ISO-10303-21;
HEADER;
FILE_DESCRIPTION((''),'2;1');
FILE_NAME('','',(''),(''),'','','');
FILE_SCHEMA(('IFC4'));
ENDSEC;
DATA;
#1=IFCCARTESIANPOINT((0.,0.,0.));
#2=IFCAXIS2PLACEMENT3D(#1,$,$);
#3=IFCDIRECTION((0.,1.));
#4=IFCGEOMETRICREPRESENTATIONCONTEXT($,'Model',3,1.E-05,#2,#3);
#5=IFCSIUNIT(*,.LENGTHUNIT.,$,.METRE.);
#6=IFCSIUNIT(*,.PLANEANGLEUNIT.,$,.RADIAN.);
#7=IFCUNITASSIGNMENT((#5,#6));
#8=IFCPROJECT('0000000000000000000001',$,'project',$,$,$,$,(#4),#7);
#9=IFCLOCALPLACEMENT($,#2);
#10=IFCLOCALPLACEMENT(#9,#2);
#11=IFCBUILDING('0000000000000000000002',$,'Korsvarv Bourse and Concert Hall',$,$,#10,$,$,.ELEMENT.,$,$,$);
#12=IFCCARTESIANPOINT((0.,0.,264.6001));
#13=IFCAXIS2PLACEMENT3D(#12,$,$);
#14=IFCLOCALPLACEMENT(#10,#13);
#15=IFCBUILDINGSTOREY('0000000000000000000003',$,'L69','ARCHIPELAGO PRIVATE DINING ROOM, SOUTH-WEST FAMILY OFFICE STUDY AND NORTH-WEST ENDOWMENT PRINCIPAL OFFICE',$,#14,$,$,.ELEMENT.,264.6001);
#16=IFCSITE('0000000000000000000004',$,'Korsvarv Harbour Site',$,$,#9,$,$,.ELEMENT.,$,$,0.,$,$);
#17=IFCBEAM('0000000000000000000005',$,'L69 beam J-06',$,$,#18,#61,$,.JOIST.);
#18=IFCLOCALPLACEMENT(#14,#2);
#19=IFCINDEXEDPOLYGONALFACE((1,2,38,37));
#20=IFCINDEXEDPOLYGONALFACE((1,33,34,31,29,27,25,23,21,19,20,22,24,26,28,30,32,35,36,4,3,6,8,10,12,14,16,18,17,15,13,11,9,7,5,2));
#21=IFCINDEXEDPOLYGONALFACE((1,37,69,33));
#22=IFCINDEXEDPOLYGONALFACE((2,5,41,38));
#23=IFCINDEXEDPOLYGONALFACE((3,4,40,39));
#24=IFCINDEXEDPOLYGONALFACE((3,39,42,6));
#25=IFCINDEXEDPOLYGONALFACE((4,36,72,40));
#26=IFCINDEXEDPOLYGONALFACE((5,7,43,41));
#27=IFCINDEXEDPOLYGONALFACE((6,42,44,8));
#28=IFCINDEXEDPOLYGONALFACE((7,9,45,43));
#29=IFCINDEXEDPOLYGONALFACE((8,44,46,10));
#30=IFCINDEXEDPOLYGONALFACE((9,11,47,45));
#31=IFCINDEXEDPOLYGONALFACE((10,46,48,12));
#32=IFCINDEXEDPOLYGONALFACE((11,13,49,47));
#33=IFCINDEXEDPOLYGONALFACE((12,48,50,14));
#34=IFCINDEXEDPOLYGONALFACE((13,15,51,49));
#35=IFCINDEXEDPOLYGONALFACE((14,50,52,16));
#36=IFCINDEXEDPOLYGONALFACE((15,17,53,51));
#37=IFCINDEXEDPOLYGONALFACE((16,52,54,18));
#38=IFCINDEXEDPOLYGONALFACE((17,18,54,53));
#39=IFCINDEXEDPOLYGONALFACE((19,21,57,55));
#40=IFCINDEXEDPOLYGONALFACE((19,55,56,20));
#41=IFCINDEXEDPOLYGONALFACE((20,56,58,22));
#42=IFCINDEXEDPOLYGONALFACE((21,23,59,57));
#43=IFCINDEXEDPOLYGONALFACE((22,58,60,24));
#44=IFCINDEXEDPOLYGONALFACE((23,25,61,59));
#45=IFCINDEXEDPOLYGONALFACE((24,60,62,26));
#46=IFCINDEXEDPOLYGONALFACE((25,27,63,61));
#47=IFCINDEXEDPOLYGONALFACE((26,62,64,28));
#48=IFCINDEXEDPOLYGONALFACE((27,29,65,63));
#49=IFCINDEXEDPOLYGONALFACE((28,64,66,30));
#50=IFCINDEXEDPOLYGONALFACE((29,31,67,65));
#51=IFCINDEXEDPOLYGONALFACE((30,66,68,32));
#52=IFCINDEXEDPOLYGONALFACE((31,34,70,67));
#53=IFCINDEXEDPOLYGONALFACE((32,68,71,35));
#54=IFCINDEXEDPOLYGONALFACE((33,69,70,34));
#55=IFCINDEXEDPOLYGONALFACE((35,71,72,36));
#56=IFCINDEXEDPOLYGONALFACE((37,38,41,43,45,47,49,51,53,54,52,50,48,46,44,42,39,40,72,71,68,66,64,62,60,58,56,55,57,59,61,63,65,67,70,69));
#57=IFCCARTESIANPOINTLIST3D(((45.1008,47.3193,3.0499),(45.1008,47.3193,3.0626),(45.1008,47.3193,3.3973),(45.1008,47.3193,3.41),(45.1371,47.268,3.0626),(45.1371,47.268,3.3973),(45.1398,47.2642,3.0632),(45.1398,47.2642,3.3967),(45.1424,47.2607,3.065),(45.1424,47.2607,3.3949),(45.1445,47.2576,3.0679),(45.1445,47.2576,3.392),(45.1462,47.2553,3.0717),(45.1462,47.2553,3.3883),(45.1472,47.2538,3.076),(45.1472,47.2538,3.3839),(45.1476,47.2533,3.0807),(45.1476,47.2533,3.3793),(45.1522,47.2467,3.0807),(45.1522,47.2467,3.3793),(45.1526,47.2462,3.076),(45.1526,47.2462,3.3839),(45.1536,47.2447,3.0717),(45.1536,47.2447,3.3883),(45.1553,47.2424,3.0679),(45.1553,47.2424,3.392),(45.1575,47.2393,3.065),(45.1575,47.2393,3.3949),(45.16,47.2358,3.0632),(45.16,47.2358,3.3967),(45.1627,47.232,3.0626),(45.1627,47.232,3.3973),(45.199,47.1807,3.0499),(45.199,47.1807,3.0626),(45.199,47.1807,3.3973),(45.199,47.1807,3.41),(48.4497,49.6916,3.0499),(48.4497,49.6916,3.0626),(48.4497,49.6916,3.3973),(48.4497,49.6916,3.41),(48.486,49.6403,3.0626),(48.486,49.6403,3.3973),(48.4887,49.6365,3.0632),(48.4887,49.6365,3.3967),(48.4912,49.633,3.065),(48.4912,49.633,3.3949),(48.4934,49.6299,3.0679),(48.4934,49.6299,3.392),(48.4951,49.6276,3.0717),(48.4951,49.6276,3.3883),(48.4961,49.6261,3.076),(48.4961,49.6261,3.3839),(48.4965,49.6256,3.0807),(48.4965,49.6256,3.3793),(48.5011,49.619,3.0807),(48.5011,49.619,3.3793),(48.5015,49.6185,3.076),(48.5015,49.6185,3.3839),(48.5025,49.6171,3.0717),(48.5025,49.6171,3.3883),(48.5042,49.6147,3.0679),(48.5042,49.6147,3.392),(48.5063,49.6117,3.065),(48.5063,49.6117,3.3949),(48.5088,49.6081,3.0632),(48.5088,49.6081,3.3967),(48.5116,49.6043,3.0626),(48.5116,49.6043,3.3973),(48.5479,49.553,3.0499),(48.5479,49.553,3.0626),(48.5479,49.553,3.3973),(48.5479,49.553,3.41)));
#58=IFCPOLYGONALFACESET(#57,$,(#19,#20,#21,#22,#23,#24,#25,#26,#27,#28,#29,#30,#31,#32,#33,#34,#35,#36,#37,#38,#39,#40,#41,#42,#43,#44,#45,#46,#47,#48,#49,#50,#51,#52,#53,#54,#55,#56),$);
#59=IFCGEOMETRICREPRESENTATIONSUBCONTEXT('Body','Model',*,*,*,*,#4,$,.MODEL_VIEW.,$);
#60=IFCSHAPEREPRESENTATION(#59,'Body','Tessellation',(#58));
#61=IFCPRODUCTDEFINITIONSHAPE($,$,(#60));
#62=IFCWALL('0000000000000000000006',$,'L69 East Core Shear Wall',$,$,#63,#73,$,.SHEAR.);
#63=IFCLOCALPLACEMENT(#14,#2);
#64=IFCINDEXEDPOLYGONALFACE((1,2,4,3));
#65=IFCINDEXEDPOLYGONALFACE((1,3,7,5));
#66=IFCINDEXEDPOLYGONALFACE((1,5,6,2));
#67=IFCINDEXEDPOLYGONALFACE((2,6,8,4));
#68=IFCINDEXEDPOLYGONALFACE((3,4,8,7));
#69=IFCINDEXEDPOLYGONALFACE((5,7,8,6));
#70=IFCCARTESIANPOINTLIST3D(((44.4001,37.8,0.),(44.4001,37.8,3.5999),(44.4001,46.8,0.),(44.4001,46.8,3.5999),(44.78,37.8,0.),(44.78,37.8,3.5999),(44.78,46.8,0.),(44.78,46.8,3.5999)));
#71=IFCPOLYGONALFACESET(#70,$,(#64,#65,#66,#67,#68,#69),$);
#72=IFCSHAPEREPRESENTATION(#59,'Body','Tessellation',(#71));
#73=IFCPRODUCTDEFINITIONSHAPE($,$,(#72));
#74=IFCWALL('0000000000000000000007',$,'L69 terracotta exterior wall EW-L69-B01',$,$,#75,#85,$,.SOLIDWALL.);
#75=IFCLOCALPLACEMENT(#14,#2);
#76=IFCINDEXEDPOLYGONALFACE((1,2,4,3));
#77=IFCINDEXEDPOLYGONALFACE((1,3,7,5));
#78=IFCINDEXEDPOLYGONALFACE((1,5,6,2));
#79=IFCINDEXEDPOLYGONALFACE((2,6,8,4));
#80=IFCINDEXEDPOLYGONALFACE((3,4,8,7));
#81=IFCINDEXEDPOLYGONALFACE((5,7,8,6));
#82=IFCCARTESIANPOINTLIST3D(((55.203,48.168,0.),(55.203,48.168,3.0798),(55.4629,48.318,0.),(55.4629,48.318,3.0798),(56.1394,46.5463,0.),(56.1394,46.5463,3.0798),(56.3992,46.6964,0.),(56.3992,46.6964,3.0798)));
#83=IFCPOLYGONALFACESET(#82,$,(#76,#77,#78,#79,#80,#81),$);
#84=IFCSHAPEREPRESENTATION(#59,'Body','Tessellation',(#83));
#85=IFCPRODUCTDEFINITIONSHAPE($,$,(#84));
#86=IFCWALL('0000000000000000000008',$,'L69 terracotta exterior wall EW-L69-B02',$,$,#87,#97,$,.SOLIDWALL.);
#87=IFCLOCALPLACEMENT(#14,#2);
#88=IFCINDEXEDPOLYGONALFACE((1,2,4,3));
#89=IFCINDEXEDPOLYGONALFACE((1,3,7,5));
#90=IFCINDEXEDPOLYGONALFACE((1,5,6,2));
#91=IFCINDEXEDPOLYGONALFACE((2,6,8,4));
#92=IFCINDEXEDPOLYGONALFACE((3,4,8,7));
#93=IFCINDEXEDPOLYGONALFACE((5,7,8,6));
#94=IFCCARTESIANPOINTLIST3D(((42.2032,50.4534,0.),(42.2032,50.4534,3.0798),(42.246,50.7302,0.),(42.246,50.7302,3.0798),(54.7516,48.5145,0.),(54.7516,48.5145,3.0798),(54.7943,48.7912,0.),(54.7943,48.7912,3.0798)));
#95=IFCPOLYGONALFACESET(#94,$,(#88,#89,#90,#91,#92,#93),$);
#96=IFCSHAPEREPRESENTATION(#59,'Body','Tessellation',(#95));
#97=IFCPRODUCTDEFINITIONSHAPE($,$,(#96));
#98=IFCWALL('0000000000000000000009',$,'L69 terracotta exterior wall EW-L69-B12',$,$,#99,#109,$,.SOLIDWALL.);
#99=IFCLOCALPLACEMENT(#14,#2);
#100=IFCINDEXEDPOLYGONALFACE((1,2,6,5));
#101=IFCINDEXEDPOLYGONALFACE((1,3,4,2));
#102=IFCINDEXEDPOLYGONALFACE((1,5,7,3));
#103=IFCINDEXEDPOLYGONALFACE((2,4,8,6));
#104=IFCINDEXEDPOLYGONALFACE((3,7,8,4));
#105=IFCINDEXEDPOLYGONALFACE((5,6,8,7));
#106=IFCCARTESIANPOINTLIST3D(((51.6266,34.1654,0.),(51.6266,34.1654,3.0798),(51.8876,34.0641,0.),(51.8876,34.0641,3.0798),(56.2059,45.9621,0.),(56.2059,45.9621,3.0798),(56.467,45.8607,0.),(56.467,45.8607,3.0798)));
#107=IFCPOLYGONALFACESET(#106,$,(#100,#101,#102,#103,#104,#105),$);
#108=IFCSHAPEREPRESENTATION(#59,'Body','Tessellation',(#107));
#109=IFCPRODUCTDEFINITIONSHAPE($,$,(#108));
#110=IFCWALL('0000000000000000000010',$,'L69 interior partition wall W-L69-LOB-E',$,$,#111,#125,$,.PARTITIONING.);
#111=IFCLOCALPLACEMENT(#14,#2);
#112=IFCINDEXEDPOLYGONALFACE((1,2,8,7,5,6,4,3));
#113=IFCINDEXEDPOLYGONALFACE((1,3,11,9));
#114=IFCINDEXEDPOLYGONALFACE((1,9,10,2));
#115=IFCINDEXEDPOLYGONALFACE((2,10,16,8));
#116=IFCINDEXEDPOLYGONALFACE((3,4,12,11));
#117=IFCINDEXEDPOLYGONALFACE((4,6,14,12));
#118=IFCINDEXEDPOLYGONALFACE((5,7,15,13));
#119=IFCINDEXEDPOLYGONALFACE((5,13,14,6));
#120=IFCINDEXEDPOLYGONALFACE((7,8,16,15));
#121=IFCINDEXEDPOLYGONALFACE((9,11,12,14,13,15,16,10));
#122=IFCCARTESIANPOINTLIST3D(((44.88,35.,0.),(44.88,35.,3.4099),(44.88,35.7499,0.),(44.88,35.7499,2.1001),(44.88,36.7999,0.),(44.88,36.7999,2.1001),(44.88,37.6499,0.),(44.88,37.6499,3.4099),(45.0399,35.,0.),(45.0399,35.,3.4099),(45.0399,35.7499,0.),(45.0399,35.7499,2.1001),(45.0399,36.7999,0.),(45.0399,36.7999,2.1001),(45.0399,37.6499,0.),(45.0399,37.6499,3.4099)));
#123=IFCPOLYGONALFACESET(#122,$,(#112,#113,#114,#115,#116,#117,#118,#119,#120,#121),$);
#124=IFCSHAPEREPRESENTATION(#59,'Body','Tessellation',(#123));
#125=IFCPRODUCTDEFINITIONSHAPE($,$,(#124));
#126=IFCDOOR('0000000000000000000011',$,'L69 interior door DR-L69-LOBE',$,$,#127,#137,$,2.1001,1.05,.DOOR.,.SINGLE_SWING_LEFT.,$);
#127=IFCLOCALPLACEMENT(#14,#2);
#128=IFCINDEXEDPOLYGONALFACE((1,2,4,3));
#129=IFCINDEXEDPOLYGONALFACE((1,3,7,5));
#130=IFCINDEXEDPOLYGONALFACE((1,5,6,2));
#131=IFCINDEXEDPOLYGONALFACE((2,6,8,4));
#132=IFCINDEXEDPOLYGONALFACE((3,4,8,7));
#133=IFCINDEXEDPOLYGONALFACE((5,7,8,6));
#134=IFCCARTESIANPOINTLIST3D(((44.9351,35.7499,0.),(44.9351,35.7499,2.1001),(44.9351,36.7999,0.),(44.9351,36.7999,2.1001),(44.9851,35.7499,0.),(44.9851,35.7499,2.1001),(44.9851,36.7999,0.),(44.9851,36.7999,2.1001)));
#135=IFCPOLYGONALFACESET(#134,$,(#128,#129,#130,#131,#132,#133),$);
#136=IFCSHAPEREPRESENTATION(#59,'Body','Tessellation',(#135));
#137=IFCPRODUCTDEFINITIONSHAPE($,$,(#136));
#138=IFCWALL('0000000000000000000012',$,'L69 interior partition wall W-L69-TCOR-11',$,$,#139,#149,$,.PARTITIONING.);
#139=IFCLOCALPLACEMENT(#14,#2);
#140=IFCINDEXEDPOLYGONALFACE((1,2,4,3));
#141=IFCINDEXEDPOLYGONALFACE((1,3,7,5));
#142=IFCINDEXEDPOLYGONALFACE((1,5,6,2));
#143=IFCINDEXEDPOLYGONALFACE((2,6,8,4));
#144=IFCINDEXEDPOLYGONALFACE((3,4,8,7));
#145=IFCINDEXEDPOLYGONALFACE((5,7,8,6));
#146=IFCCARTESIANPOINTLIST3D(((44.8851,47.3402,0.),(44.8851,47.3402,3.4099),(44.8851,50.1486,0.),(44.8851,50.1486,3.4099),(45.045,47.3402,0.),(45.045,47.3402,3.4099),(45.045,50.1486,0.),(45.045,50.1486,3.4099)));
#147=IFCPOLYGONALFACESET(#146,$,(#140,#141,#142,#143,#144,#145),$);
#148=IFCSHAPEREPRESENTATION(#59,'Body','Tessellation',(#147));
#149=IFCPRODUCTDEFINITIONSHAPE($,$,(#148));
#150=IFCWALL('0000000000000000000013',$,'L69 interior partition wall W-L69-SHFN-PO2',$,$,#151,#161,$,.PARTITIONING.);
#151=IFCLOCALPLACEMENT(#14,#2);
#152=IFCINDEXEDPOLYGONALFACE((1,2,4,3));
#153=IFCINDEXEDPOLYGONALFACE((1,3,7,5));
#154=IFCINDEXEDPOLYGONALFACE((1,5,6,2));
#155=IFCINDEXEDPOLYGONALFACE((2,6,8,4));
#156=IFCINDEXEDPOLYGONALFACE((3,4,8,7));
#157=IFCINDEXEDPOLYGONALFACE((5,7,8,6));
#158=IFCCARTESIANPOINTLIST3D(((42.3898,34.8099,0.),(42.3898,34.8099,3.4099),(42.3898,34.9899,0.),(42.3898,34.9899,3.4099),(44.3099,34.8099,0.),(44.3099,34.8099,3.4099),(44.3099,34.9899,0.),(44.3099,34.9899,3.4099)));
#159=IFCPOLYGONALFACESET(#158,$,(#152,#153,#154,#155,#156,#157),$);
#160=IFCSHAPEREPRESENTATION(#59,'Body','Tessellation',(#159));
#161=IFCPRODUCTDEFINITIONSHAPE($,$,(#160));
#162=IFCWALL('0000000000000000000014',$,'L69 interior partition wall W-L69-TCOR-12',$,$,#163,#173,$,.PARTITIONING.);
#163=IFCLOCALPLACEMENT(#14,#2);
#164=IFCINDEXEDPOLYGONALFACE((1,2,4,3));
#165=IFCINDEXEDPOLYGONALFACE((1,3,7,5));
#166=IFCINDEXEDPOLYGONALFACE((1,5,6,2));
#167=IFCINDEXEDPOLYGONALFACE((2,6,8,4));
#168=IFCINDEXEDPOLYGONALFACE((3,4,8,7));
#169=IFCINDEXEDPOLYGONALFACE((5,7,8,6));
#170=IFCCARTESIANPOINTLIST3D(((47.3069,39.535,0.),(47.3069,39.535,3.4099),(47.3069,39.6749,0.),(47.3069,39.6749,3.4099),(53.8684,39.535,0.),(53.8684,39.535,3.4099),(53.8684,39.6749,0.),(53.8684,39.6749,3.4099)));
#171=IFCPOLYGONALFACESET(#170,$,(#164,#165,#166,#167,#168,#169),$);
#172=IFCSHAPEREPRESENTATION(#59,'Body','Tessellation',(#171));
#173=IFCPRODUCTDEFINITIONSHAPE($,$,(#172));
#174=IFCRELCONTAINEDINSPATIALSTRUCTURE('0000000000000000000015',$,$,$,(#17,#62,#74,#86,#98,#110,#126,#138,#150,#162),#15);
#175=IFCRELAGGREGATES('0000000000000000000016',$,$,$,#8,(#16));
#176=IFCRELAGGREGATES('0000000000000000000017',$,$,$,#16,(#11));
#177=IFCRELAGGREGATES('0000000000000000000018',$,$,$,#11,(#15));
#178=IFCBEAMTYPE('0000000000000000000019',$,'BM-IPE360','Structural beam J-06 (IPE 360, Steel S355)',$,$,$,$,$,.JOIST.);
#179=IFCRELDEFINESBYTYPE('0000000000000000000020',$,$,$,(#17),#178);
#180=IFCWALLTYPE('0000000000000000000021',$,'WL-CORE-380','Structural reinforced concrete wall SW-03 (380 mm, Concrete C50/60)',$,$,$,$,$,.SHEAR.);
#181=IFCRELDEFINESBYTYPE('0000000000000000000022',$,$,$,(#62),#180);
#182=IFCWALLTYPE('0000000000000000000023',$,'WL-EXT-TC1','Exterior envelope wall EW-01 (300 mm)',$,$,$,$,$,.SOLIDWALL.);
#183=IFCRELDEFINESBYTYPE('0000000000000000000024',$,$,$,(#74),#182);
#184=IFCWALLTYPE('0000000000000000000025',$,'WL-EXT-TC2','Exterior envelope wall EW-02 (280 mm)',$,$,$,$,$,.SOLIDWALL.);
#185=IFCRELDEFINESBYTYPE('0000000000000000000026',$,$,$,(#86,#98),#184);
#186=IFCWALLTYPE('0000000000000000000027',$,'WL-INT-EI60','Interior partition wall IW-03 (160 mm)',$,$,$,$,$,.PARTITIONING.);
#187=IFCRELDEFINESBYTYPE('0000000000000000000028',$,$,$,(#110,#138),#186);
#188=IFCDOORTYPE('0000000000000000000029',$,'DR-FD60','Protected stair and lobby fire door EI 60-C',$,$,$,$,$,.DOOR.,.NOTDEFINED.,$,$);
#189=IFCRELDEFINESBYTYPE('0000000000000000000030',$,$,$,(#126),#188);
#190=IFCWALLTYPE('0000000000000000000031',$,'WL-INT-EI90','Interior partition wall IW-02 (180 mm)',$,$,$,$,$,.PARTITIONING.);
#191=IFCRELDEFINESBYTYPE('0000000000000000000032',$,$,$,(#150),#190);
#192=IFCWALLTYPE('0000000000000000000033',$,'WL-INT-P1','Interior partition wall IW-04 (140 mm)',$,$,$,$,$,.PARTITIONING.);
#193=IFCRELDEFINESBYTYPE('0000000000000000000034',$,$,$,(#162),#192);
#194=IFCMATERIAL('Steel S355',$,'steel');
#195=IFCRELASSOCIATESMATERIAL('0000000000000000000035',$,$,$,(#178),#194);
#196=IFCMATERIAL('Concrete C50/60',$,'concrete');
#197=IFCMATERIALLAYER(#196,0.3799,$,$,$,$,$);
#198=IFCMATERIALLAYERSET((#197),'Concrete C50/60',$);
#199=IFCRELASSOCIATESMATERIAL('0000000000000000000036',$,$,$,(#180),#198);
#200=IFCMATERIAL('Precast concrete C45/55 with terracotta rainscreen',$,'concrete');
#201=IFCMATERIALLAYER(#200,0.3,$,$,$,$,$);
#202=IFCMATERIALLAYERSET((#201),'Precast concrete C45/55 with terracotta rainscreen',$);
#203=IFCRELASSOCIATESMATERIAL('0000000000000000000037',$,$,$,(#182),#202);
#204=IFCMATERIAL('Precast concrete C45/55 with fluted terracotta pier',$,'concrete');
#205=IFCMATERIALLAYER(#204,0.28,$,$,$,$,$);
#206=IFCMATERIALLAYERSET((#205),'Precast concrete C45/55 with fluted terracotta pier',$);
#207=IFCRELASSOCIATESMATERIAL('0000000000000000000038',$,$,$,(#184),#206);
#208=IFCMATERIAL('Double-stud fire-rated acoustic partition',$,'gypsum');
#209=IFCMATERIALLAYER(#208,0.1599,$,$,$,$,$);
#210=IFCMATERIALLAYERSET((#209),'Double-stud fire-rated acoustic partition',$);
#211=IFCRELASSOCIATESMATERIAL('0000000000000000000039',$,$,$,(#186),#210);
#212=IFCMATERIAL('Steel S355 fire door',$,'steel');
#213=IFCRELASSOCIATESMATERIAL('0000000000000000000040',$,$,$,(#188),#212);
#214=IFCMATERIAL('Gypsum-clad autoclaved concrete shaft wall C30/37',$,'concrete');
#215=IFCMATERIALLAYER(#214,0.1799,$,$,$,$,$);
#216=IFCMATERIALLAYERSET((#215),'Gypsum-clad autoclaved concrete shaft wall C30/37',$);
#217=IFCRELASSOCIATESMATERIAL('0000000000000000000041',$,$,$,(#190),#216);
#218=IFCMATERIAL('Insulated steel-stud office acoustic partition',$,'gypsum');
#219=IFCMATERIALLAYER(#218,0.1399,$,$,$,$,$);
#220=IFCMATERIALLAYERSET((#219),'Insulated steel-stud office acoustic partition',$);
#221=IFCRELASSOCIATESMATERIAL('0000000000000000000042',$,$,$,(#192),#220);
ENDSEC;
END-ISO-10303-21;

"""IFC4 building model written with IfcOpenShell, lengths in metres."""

from ifc_helpers import new_model, si_unit, direction, frame, frame_2d, origin, origin_2d, place, context, subcontext, project, spatial, rectangle, i_section, extrude, source, transform, mapped, material, layer, layer_set, material_profile, profile_set, type_object, element, fill, save


model = new_model("IFC4")

# Units and contexts
model_context = context("Model", 3, precision=1e-05, world=origin(), true_north=direction((0.0, 1.0)))
body_context = subcontext(model_context, "Body", "Model", "MODEL_VIEW")
ifc_project = project(units=[si_unit("LENGTHUNIT", "METRE"), si_unit("PLANEANGLEUNIT", "RADIAN")], contexts=[model_context])

# Site, building, storey
site_placement = place(None, origin())
site = spatial("IfcSite", under=ifc_project, at=site_placement, Name="Korsvarv Harbour Site", CompositionType="ELEMENT", RefElevation=0.0)
building_placement = place(site_placement, origin())
building = spatial("IfcBuilding", under=site, at=building_placement, Name="Korsvarv Bourse and Concert Hall", CompositionType="ELEMENT")
storey_placement = place(building_placement, frame((0.0, 0.0, 264.6001)))
storey = spatial("IfcBuildingStorey", under=building, at=storey_placement, Name="L69", Description="ARCHIPELAGO PRIVATE DINING ROOM, SOUTH-WEST FAMILY OFFICE STUDY AND NORTH-WEST ENDOWMENT PRINCIPAL OFFICE", CompositionType="ELEMENT", Elevation=264.6001)

# Shared definitions
ifc_material_1 = material(Name="Concrete C50/60", Category="concrete")

# Beam
ifc_material_2 = material(Name="Steel S355", Category="steel")
ifc_material_profile_1 = material_profile(ifc_material_2, i_section(OverallWidth=0.1699, OverallDepth=0.3601, WebThickness=0.0081, FlangeThickness=0.0127, FilletRadius=0.0181, at=origin_2d()), Name="IPE 360")
ifc_profile_set_1 = profile_set([ifc_material_profile_1], Name="Steel S355")
beam_type_1 = type_object("IfcBeamType", Name="BM-IPE360", Description="Structural beam J-06 (IPE 360, Steel S355)", PredefinedType="JOIST", material=ifc_profile_set_1)
shared_shape_1 = source(origin(), body_context, "Body", "SweptSolid", [
    extrude(i_section(OverallWidth=0.1699, OverallDepth=0.3601, WebThickness=0.0081, FlangeThickness=0.0127, FilletRadius=0.0181, at=origin_2d()), origin(), (0.0, 0.0, 1.0), 4.104),
])
beam_1_placement = place(storey_placement, frame((48.4988, 49.6223, 3.23), z_axis=(-0.816002, -0.578049, 0.0), x_axis=(0.578049, -0.816002, 0.0)))
element("IfcBeam", 1, at=beam_1_placement, inside=storey, type_object=beam_type_1, Name="L69 beam J-06", PredefinedType="JOIST", context=body_context, shape_type="MappedRepresentation", body=[
    mapped(shared_shape_1, transform((0.0, 0.0, 0.0), scale=1.0)),
])

# Walls
ifc_layer_1 = layer(ifc_material_1, 0.3799)
ifc_layer_set_1 = layer_set([ifc_layer_1], Name="Concrete C50/60")
wall_type_1 = type_object("IfcWallType", Name="WL-CORE-380", Description="Structural reinforced concrete wall SW-03 (380 mm, Concrete C50/60)", PredefinedType="SHEAR", material=ifc_layer_set_1)
wall_1_placement = place(storey_placement, frame((44.5901, 37.8, 0.0), z_axis=(0.0, 0.0, 1.0), x_axis=(0.0, 1.0, 0.0)))
element("IfcWall", 2, at=wall_1_placement, inside=storey, type_object=wall_type_1, Name="L69 East Core Shear Wall", PredefinedType="SHEAR", context=body_context, shape_type="SweptSolid", body=[
    extrude(rectangle(XDim=9.0, YDim=0.3799, at=frame_2d((4.5, 0.0))), origin(), (0.0, 0.0, 1.0), 3.5999),
])
ifc_material_3 = material(Name="Precast concrete C45/55 with terracotta rainscreen", Category="concrete")
ifc_layer_2 = layer(ifc_material_3, 0.3)
ifc_layer_set_2 = layer_set([ifc_layer_2], Name="Precast concrete C45/55 with terracotta rainscreen")
wall_type_2 = type_object("IfcWallType", Name="WL-EXT-TC1", Description="Exterior envelope wall EW-01 (300 mm)", PredefinedType="SOLIDWALL", material=ifc_layer_set_2)
wall_2_placement = place(storey_placement, frame((56.2693, 46.6213, 0.0), z_axis=(0.0, 0.0, 1.0), x_axis=(-0.500023, 0.866012, 0.0)))
element("IfcWall", 3, at=wall_2_placement, inside=storey, type_object=wall_type_2, Name="L69 terracotta exterior wall EW-L69-B01", PredefinedType="SOLIDWALL", context=body_context, shape_type="SweptSolid", body=[
    extrude(rectangle(XDim=1.8726, YDim=0.3, at=frame_2d((0.9363, 0.0))), origin(), (0.0, 0.0, 1.0), 3.0798),
])
ifc_material_4 = material(Name="Precast concrete C45/55 with fluted terracotta pier", Category="concrete")
ifc_layer_3 = layer(ifc_material_4, 0.28)
ifc_layer_set_3 = layer_set([ifc_layer_3], Name="Precast concrete C45/55 with fluted terracotta pier")
wall_type_3 = type_object("IfcWallType", Name="WL-EXT-TC2", Description="Exterior envelope wall EW-02 (280 mm)", PredefinedType="SOLIDWALL", material=ifc_layer_set_3)
wall_3_placement = place(storey_placement, frame((54.7729, 48.6528, 0.0), z_axis=(0.0, 0.0, 1.0), x_axis=(-0.988271, 0.152707, 0.0)))
element("IfcWall", 4, at=wall_3_placement, inside=storey, type_object=wall_type_3, Name="L69 terracotta exterior wall EW-L69-B02", PredefinedType="SOLIDWALL", context=body_context, shape_type="SweptSolid", body=[
    extrude(rectangle(XDim=12.6973, YDim=0.28, at=frame_2d((6.3486, 0.0))), origin(), (0.0, 0.0, 1.0), 3.0798),
])
wall_4_placement = place(storey_placement, frame((51.7571, 34.1147, 0.0), z_axis=(0.0, 0.0, 1.0), x_axis=(0.361881, 0.932224, 0.0)))
element("IfcWall", 5, at=wall_4_placement, inside=storey, type_object=wall_type_3, Name="L69 terracotta exterior wall EW-L69-B12", PredefinedType="SOLIDWALL", context=body_context, shape_type="SweptSolid", body=[
    extrude(rectangle(XDim=12.6543, YDim=0.28, at=frame_2d((6.3271, 0.0))), origin(), (0.0, 0.0, 1.0), 3.0798),
])

# Wall, opening, door
ifc_material_5 = material(Name="Double-stud fire-rated acoustic partition", Category="gypsum")
ifc_layer_4 = layer(ifc_material_5, 0.1599)
ifc_layer_set_4 = layer_set([ifc_layer_4], Name="Double-stud fire-rated acoustic partition")
wall_type_4 = type_object("IfcWallType", Name="WL-INT-EI60", Description="Interior partition wall IW-03 (160 mm)", PredefinedType="PARTITIONING", material=ifc_layer_set_4)
wall_5_placement = place(storey_placement, frame((44.96, 35.0, 0.0), z_axis=(0.0, 0.0, 1.0), x_axis=(0.0, 1.0, 0.0)))
wall_5 = element("IfcWall", 6, at=wall_5_placement, inside=storey, type_object=wall_type_4, Name="L69 interior partition wall W-L69-LOB-E", PredefinedType="PARTITIONING", context=body_context, shape_type="SweptSolid", body=[
    extrude(rectangle(XDim=2.6499, YDim=0.1599, at=frame_2d((1.325, 0.0))), origin(), (0.0, 0.0, 1.0), 3.4099),
])
opening_placement = place(wall_5_placement, frame((0.75, 0.0, 0.0)))
opening = element("IfcOpeningElement", 7, at=opening_placement, cuts=wall_5, PredefinedType="OPENING", context=body_context, shape_type="SweptSolid", body=[
    extrude(rectangle(XDim=1.05, YDim=2.1001, at=frame_2d((0.5249, 1.05))), frame((0.0, 0.0898, 0.0), z_axis=(0.0, -1.0, 0.0), x_axis=(1.0, 0.0, 0.0)), (0.0, 0.0, 1.0), 0.1799),
])
ifc_material_6 = material(Name="Steel S355 fire door", Category="steel")
door_type = type_object("IfcDoorType", Name="DR-FD60", Description="Protected stair and lobby fire door EI 60-C", OperationType="NOTDEFINED", PredefinedType="DOOR", material=ifc_material_6)
door_placement = place(opening_placement, origin())
door = element("IfcDoor", 8, at=door_placement, inside=storey, type_object=door_type, Name="L69 interior door DR-L69-LOBE", OperationType="SINGLE_SWING_LEFT", OverallHeight=2.1001, OverallWidth=1.05, PredefinedType="DOOR", context=body_context, shape_type="SweptSolid", body=[
    extrude(rectangle(XDim=1.05, YDim=2.1001, at=frame_2d((0.5249, 1.05))), frame((0.0, 0.0249, 0.0), z_axis=(0.0, -1.0, 0.0), x_axis=(1.0, 0.0, 0.0)), (0.0, 0.0, 1.0), 0.05),
])
fill(opening, door)

# Walls
wall_6_placement = place(storey_placement, frame((44.9651, 47.3401, 0.0), z_axis=(0.0, 0.0, 1.0), x_axis=(0.0, 1.0, 0.0)))
element("IfcWall", 9, at=wall_6_placement, inside=storey, type_object=wall_type_4, Name="L69 interior partition wall W-L69-TCOR-11", PredefinedType="PARTITIONING", context=body_context, shape_type="SweptSolid", body=[
    extrude(rectangle(XDim=2.8083, YDim=0.1599, at=frame_2d((1.4043, 0.0))), origin(), (0.0, 0.0, 1.0), 3.4099),
])
ifc_material_7 = material(Name="Gypsum-clad autoclaved concrete shaft wall C30/37", Category="concrete")
ifc_layer_5 = layer(ifc_material_7, 0.1799)
ifc_layer_set_5 = layer_set([ifc_layer_5], Name="Gypsum-clad autoclaved concrete shaft wall C30/37")
wall_type_5 = type_object("IfcWallType", Name="WL-INT-EI90", Description="Interior partition wall IW-02 (180 mm)", PredefinedType="PARTITIONING", material=ifc_layer_set_5)
wall_7_placement = place(storey_placement, frame((42.3899, 34.8999, 0.0), z_axis=(0.0, 0.0, 1.0), x_axis=(1.0, 0.0, 0.0)))
element("IfcWall", 10, at=wall_7_placement, inside=storey, type_object=wall_type_5, Name="L69 interior partition wall W-L69-SHFN-PO2", PredefinedType="PARTITIONING", context=body_context, shape_type="SweptSolid", body=[
    extrude(rectangle(XDim=1.9202, YDim=0.1799, at=frame_2d((0.96, 0.0))), origin(), (0.0, 0.0, 1.0), 3.4099),
])
ifc_material_8 = material(Name="Insulated steel-stud office acoustic partition", Category="gypsum")
ifc_layer_6 = layer(ifc_material_8, 0.1399)
ifc_layer_set_6 = layer_set([ifc_layer_6], Name="Insulated steel-stud office acoustic partition")
wall_type_6 = type_object("IfcWallType", Name="WL-INT-P1", Description="Interior partition wall IW-04 (140 mm)", PredefinedType="PARTITIONING", material=ifc_layer_set_6)
wall_8_placement = place(storey_placement, frame((47.3069, 39.605, 0.0), z_axis=(0.0, 0.0, 1.0), x_axis=(1.0, 0.0, 0.0)))
element("IfcWall", 11, at=wall_8_placement, inside=storey, type_object=wall_type_6, Name="L69 interior partition wall W-L69-TCOR-12", PredefinedType="PARTITIONING", context=body_context, shape_type="SweptSolid", body=[
    extrude(rectangle(XDim=6.5615, YDim=0.1399, at=frame_2d((3.2808, 0.0))), origin(), (0.0, 0.0, 1.0), 3.4099),
])

save(model, "model.ifc")
